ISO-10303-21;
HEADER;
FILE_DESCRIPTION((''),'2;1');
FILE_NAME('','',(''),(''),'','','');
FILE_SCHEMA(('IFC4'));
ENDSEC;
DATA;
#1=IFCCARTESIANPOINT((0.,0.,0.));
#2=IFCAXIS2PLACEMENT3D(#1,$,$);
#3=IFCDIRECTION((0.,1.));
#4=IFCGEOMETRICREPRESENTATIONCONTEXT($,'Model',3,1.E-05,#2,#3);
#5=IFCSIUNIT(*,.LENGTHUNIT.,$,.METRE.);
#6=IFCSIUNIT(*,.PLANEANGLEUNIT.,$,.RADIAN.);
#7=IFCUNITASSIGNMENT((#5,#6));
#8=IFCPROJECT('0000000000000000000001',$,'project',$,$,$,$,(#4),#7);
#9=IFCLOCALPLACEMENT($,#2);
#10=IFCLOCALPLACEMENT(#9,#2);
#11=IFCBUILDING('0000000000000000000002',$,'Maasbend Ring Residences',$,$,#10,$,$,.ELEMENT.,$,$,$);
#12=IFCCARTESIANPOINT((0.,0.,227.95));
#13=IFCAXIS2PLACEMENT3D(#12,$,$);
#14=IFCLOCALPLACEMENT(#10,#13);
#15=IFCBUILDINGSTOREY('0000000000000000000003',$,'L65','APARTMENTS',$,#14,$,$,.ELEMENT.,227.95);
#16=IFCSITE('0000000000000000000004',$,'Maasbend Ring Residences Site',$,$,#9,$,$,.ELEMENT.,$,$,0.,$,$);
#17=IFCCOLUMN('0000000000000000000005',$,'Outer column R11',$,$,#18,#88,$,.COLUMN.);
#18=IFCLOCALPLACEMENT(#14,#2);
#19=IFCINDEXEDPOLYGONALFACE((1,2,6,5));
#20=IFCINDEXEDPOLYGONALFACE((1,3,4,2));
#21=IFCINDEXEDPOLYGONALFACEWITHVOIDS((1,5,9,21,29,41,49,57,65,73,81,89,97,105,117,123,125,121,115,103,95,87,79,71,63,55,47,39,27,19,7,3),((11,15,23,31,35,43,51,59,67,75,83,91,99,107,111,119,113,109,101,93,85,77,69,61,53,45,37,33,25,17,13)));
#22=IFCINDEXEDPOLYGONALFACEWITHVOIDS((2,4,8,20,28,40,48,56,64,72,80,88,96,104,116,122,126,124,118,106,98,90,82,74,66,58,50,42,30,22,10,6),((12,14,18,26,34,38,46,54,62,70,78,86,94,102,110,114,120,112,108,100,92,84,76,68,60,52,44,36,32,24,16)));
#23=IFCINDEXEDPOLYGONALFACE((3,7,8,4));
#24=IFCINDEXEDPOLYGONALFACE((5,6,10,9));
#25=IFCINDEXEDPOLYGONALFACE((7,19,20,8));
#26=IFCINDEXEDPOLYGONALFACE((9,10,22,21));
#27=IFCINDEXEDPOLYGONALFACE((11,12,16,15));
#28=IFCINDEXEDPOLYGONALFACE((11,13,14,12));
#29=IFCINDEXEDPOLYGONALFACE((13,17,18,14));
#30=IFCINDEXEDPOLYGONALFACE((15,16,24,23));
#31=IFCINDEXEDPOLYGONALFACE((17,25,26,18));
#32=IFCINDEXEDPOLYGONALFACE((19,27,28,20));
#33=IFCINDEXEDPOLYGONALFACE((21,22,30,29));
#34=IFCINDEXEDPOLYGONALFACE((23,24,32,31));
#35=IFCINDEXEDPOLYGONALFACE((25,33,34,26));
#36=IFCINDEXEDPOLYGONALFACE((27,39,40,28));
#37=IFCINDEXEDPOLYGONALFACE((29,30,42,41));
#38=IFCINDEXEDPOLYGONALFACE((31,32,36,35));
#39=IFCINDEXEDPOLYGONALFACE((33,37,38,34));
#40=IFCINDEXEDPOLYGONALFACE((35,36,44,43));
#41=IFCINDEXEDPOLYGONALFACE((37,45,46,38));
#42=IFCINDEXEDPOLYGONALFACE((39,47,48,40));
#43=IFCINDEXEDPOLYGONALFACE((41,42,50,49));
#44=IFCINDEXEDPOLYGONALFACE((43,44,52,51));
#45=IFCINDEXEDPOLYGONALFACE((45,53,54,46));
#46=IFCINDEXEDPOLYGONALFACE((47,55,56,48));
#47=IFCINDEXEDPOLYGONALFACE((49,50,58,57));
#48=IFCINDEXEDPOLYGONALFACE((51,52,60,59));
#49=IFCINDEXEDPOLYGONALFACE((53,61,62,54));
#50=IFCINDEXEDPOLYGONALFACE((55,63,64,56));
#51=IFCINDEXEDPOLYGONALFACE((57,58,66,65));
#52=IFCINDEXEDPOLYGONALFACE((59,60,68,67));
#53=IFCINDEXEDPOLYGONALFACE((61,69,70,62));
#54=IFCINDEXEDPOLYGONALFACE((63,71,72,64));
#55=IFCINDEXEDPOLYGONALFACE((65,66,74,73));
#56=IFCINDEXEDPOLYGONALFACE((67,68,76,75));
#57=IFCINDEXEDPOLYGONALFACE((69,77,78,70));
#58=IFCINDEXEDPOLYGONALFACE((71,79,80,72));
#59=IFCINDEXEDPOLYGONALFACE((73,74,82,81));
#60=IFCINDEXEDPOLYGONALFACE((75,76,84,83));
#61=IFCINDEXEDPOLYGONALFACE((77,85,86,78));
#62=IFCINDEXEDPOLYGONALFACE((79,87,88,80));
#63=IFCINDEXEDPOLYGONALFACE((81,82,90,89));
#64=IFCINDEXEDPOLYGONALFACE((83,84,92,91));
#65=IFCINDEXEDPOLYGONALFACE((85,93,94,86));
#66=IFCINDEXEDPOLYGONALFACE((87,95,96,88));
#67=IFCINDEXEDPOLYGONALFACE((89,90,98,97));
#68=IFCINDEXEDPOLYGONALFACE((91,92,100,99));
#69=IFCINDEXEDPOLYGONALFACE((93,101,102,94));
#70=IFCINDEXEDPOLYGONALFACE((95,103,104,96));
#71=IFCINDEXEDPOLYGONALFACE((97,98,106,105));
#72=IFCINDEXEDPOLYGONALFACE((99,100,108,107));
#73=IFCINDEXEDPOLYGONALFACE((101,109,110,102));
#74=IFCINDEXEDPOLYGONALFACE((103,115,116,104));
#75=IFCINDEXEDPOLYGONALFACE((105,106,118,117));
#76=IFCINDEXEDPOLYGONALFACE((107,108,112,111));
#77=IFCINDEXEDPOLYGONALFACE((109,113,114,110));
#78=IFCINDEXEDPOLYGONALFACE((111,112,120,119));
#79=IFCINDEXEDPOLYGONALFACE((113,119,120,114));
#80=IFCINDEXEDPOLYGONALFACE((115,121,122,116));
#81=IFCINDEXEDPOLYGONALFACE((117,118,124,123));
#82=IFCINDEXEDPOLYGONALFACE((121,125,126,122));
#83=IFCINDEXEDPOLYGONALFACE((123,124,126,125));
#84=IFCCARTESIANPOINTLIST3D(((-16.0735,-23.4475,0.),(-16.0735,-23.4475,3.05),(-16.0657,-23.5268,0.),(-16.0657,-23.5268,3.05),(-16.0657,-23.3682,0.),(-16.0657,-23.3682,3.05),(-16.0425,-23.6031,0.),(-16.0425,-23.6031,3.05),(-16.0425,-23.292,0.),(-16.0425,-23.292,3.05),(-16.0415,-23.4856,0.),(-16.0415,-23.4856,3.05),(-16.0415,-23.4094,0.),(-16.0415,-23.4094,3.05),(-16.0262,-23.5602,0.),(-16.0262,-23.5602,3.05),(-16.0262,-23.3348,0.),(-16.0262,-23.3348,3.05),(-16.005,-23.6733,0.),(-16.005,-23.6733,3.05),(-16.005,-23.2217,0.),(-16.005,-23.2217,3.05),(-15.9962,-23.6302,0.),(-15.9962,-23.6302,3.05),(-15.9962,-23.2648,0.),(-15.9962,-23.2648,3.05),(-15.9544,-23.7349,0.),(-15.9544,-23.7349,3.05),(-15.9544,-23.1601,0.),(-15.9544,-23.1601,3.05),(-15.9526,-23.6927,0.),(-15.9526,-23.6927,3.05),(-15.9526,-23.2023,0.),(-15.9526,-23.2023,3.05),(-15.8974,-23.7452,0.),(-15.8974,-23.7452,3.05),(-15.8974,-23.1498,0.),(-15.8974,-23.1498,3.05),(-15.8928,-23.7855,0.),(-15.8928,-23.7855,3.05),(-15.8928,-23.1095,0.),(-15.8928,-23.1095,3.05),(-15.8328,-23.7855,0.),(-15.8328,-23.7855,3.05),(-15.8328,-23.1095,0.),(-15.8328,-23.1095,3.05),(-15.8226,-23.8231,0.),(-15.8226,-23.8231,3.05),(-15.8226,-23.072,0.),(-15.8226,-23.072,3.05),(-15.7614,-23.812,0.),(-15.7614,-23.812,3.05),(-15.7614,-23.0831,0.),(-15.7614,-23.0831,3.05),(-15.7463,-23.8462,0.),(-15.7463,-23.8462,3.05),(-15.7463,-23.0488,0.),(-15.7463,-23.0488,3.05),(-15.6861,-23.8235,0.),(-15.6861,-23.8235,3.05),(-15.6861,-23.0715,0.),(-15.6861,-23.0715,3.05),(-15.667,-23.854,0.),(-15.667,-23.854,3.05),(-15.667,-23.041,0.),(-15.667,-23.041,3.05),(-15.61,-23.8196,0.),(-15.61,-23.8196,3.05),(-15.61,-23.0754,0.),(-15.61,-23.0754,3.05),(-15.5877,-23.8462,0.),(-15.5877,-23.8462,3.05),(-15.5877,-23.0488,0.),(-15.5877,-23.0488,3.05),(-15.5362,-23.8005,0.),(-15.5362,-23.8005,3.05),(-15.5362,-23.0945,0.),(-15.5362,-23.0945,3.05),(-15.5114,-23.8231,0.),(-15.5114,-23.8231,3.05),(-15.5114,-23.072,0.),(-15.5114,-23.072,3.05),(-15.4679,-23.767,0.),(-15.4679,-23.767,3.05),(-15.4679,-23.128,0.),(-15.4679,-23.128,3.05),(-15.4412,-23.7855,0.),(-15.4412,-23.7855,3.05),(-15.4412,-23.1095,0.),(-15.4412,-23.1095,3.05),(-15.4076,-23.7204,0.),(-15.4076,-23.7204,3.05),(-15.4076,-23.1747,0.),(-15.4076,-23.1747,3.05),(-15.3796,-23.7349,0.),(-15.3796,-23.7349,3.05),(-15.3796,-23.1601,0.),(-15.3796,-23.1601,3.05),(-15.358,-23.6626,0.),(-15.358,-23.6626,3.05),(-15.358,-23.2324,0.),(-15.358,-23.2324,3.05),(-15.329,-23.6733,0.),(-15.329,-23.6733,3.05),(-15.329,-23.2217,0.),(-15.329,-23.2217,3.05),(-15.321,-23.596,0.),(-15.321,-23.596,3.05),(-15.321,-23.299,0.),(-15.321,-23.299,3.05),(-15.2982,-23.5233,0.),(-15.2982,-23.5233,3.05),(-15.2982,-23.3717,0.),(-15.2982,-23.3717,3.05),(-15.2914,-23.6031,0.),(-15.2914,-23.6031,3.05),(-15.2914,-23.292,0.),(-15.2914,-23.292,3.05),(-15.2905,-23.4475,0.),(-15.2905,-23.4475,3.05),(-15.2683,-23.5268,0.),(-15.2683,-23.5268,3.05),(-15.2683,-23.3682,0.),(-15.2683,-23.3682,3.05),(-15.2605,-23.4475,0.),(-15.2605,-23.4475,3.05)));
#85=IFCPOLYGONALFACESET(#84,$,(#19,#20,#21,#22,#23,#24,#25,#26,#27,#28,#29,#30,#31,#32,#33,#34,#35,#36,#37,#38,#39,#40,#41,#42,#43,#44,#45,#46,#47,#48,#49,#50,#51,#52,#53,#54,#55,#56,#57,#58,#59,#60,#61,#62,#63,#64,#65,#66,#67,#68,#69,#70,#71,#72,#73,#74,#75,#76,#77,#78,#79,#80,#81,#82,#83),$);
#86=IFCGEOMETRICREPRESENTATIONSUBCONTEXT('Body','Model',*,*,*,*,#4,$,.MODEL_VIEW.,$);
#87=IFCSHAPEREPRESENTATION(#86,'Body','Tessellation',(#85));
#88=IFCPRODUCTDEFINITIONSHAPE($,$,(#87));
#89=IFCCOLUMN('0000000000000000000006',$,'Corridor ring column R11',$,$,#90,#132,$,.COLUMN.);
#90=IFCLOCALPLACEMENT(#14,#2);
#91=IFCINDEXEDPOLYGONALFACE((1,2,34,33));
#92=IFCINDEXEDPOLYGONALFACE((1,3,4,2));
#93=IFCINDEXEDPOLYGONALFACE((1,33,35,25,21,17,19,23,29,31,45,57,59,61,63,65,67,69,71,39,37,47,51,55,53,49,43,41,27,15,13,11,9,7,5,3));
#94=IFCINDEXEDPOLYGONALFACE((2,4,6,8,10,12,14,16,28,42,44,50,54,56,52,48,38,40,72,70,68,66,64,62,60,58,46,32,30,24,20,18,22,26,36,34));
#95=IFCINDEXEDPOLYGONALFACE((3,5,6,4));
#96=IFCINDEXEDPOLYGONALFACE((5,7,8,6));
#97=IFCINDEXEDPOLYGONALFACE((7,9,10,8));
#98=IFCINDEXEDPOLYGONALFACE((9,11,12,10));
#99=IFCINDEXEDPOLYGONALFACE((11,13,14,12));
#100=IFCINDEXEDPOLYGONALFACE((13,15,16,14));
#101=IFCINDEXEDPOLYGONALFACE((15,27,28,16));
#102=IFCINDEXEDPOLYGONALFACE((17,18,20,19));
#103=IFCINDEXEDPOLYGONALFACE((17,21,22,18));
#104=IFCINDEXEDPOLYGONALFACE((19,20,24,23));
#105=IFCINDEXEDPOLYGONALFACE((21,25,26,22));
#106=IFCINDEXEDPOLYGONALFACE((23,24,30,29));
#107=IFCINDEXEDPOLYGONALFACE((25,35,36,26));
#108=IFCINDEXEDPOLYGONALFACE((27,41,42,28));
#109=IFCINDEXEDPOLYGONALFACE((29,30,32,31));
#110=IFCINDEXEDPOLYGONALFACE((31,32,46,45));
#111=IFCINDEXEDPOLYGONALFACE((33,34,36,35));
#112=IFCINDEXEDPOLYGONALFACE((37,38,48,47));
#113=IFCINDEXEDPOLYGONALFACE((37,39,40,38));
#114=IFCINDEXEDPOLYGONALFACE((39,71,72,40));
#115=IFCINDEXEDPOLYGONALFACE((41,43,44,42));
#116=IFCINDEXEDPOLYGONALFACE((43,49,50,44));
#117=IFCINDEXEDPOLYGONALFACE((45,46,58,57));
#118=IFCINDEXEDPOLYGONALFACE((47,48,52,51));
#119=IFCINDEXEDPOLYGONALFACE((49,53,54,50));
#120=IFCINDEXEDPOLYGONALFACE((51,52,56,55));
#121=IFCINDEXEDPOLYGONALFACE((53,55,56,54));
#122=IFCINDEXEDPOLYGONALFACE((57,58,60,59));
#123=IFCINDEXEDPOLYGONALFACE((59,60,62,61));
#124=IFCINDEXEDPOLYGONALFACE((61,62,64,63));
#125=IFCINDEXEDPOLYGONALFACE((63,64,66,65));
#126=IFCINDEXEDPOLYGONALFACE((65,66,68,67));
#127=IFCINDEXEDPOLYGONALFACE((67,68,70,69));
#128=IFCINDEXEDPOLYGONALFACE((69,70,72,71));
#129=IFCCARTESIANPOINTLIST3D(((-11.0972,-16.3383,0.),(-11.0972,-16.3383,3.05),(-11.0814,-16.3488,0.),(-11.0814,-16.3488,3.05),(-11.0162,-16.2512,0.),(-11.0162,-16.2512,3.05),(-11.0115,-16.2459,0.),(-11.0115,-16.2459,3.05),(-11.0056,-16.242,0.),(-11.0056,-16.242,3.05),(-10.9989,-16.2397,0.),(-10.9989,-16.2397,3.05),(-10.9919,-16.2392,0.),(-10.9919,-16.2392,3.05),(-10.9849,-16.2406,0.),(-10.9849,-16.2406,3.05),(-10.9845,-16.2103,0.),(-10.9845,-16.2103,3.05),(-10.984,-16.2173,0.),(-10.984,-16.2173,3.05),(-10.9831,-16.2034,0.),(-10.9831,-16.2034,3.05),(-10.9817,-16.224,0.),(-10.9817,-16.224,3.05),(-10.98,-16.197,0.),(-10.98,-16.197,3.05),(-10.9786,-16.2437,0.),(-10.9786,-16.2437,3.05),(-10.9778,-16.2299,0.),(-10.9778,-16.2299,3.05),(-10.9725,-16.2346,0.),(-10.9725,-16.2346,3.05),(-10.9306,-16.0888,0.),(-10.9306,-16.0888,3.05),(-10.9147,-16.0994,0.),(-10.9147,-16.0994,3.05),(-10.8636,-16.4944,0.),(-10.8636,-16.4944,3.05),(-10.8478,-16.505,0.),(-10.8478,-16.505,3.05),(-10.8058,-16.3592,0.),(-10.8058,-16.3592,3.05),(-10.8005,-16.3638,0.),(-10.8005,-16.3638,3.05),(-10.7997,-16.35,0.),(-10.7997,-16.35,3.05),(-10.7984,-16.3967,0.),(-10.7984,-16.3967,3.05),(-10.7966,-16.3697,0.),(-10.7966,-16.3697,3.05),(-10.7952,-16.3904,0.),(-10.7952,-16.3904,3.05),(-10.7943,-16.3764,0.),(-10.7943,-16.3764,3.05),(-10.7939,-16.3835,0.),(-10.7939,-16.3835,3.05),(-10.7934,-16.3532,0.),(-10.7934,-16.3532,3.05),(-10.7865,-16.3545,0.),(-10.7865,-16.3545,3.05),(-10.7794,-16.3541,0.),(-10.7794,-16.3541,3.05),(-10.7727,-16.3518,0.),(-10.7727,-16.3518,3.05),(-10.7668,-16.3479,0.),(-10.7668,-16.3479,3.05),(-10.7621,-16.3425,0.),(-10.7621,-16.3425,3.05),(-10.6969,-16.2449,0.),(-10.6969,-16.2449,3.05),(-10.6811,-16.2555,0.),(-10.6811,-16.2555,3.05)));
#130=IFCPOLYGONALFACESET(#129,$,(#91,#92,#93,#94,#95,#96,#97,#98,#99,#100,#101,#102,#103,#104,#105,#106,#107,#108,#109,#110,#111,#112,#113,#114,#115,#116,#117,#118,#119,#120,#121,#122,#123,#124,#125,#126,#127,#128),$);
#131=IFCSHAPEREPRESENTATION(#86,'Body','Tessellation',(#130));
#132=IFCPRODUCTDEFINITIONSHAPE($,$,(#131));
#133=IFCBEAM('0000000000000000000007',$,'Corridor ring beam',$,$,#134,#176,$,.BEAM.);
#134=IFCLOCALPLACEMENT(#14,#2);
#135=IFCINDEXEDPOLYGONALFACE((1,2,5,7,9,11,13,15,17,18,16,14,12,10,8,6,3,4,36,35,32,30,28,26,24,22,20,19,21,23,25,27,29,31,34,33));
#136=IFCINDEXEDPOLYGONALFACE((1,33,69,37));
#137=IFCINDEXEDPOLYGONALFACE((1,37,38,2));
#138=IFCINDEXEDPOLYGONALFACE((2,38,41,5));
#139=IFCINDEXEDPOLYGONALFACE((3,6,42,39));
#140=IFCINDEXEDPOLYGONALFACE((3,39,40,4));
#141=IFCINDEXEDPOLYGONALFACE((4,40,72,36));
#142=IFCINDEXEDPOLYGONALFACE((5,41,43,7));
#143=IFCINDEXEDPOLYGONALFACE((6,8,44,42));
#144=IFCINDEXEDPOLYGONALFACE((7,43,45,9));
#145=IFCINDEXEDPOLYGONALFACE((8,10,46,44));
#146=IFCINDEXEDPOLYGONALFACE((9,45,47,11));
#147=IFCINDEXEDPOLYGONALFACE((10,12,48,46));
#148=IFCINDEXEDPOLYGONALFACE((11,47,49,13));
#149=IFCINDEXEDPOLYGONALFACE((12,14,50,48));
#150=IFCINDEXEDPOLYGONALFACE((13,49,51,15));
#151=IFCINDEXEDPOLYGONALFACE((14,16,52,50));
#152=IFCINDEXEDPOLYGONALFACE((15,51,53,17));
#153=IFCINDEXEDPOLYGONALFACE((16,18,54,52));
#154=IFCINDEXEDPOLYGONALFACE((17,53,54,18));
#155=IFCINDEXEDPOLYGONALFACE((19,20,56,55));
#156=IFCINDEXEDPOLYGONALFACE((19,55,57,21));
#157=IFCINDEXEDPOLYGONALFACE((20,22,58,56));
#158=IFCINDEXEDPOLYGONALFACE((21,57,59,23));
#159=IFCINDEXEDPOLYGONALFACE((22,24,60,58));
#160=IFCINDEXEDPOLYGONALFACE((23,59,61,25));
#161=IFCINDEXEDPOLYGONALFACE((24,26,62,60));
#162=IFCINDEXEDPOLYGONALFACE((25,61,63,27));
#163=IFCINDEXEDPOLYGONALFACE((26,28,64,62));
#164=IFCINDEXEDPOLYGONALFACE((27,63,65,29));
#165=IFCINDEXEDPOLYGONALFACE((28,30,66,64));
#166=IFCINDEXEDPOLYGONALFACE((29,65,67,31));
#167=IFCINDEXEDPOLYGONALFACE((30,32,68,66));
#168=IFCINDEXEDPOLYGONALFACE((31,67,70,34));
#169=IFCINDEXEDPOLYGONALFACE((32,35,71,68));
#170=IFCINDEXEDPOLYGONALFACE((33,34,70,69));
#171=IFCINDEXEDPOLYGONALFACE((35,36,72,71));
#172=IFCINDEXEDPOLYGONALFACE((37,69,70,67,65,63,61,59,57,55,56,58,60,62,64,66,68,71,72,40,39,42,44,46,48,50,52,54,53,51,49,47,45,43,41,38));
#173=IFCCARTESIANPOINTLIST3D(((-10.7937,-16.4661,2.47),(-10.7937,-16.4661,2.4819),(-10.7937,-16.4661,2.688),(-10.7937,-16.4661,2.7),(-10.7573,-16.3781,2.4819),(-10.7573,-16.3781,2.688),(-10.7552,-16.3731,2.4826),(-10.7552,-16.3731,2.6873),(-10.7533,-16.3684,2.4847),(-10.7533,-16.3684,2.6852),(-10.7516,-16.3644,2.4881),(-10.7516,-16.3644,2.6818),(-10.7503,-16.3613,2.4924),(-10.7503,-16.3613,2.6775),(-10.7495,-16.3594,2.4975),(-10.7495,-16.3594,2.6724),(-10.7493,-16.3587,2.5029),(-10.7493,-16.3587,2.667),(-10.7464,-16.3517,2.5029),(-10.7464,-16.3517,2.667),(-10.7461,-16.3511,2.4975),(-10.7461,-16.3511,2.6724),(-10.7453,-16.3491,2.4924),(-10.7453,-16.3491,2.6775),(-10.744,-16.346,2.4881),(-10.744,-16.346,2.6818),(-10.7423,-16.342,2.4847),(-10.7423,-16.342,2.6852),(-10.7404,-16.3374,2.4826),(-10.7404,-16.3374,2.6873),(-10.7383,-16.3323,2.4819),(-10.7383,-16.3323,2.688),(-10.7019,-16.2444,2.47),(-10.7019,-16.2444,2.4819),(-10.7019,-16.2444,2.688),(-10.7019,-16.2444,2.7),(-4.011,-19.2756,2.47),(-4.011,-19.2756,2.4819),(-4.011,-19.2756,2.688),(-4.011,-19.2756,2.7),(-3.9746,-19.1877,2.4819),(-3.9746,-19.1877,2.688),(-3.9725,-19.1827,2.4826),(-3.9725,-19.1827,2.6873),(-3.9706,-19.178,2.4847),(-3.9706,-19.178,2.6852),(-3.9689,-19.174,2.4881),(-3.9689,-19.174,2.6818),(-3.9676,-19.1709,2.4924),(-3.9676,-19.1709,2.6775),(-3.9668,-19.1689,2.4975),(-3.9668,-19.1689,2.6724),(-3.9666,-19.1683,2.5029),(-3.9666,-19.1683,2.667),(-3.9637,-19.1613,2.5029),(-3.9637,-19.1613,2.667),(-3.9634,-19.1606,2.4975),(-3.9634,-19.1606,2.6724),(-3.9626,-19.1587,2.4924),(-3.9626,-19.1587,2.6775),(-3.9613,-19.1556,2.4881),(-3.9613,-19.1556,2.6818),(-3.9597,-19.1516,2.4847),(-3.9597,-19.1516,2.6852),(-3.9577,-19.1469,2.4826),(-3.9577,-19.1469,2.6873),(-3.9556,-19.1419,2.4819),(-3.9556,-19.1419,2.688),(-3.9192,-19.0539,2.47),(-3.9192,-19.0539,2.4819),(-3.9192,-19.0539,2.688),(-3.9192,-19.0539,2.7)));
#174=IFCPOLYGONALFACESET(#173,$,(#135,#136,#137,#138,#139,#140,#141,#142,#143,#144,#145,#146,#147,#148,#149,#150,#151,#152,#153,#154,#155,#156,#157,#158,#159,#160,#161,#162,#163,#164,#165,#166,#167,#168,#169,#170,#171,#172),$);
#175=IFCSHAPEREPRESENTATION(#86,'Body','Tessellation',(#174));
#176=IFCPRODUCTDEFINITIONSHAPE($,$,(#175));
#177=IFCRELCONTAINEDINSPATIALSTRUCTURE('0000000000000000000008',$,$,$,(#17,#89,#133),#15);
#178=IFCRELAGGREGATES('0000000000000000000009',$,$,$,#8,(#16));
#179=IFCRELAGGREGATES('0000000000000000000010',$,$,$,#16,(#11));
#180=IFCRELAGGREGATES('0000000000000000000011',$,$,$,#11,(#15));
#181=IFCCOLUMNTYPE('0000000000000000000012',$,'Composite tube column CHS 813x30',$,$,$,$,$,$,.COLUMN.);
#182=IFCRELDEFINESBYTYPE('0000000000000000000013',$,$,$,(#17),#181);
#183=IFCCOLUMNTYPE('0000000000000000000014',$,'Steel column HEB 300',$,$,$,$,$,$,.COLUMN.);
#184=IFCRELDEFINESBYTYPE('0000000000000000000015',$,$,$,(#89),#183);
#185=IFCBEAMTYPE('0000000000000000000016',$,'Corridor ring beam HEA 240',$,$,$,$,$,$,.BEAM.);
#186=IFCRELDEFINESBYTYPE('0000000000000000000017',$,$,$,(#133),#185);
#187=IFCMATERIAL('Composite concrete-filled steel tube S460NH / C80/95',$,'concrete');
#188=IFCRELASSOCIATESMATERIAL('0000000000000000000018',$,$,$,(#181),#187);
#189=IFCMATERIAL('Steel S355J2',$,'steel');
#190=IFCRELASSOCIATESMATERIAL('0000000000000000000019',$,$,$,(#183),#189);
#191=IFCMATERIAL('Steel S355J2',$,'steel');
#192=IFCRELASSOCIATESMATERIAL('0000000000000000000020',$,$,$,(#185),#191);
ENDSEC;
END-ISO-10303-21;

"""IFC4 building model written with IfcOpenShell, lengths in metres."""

from ifc_helpers import new_model, si_unit, direction, frame, origin, origin_2d, place, context, subcontext, project, spatial, hollow_circle, i_section, extrude, material, material_profile, profile_set, type_object, element, save


model = new_model("IFC4")

# Units and contexts
model_context = context("Model", 3, precision=1e-05, world=origin(), true_north=direction((0.0, 1.0)))
body_context = subcontext(model_context, "Body", "Model", "MODEL_VIEW")
ifc_project = project(units=[si_unit("LENGTHUNIT", "METRE"), si_unit("PLANEANGLEUNIT", "RADIAN")], contexts=[model_context])

# Site, building, storey
site_placement = place(None, origin())
site = spatial("IfcSite", under=ifc_project, at=site_placement, Name="Maasbend Ring Residences Site", CompositionType="ELEMENT", RefElevation=0.0)
building_placement = place(site_placement, origin())
building = spatial("IfcBuilding", under=site, at=building_placement, Name="Maasbend Ring Residences", CompositionType="ELEMENT")
storey_placement = place(building_placement, frame((0.0, 0.0, 227.95)))
storey = spatial("IfcBuildingStorey", under=building, at=storey_placement, Name="L65", Description="APARTMENTS", CompositionType="ELEMENT", Elevation=227.95)

# Columns
ifc_material_1 = material(Name="Composite concrete-filled steel tube S460NH / C80/95", Category="concrete")
ifc_material_profile_1 = material_profile(ifc_material_1, hollow_circle(Radius=0.4065, WallThickness=0.03, at=origin_2d()), Name="Composite tube column CHS 813x30")
ifc_profile_set_1 = profile_set([ifc_material_profile_1], Name="Composite concrete-filled steel tube S460NH / C80/95")
column_type_1 = type_object("IfcColumnType", Name="Composite tube column CHS 813x30", PredefinedType="COLUMN", material=ifc_profile_set_1)
column_1_placement = place(storey_placement, frame((-15.667, -23.4475, 0.0), z_axis=(0.0, 0.0, 1.0), x_axis=(1.0, 0.0, 0.0)))
element("IfcColumn", 1, at=column_1_placement, inside=storey, type_object=column_type_1, Name="Outer column R11", PredefinedType="COLUMN", context=body_context, shape_type="SweptSolid", body=[
    extrude(hollow_circle(Radius=0.4065, WallThickness=0.03, at=origin_2d()), origin(), (0.0, 0.0, 1.0), 3.05),
])
ifc_material_2 = material(Name="Steel S355J2", Category="steel")
ifc_material_profile_2 = material_profile(ifc_material_2, i_section(OverallWidth=0.3, OverallDepth=0.3, WebThickness=0.011, FlangeThickness=0.019, FilletRadius=0.0271, at=origin_2d()), Name="HEB 300")
ifc_profile_set_2 = profile_set([ifc_material_profile_2], Name="Steel S355J2")
column_type_2 = type_object("IfcColumnType", Name="Steel column HEB 300", PredefinedType="COLUMN", material=ifc_profile_set_2)
column_2_placement = place(storey_placement, frame((-10.8892, -16.2969, 0.0), z_axis=(0.0, 0.0, 1.0), x_axis=(-0.55557, -0.83147, 0.0)))
element("IfcColumn", 2, at=column_2_placement, inside=storey, type_object=column_type_2, Name="Corridor ring column R11", PredefinedType="COLUMN", context=body_context, shape_type="SweptSolid", body=[
    extrude(i_section(OverallWidth=0.3, OverallDepth=0.3, WebThickness=0.011, FlangeThickness=0.019, FilletRadius=0.0271, at=origin_2d()), origin(), (0.0, 0.0, 1.0), 3.05),
])

# Beam
ifc_material_3 = material(Name="Steel S355J2", Category="steel")
ifc_material_profile_3 = material_profile(ifc_material_3, i_section(OverallWidth=0.24, OverallDepth=0.23, WebThickness=0.0076, FlangeThickness=0.012, FilletRadius=0.021, at=origin_2d()), Name="HEA 240")
ifc_profile_set_3 = profile_set([ifc_material_profile_3], Name="Steel S355J2")
beam_type_1 = type_object("IfcBeamType", Name="Corridor ring beam HEA 240", PredefinedType="BEAM", material=ifc_profile_set_3)
beam_1_placement = place(storey_placement, frame((-10.7478, -16.3552, 2.585), z_axis=(0.923876, -0.382692, 0.0), x_axis=(0.382692, 0.923876, 0.0)))
element("IfcBeam", 3, at=beam_1_placement, inside=storey, type_object=beam_type_1, Name="Corridor ring beam", PredefinedType="BEAM", context=body_context, shape_type="SweptSolid", body=[
    extrude(i_section(OverallWidth=0.24, OverallDepth=0.23, WebThickness=0.0076, FlangeThickness=0.012, FilletRadius=0.021, at=origin_2d()), origin(), (0.0, 0.0, 1.0), 7.3416),
])

save(model, "model.ifc")
